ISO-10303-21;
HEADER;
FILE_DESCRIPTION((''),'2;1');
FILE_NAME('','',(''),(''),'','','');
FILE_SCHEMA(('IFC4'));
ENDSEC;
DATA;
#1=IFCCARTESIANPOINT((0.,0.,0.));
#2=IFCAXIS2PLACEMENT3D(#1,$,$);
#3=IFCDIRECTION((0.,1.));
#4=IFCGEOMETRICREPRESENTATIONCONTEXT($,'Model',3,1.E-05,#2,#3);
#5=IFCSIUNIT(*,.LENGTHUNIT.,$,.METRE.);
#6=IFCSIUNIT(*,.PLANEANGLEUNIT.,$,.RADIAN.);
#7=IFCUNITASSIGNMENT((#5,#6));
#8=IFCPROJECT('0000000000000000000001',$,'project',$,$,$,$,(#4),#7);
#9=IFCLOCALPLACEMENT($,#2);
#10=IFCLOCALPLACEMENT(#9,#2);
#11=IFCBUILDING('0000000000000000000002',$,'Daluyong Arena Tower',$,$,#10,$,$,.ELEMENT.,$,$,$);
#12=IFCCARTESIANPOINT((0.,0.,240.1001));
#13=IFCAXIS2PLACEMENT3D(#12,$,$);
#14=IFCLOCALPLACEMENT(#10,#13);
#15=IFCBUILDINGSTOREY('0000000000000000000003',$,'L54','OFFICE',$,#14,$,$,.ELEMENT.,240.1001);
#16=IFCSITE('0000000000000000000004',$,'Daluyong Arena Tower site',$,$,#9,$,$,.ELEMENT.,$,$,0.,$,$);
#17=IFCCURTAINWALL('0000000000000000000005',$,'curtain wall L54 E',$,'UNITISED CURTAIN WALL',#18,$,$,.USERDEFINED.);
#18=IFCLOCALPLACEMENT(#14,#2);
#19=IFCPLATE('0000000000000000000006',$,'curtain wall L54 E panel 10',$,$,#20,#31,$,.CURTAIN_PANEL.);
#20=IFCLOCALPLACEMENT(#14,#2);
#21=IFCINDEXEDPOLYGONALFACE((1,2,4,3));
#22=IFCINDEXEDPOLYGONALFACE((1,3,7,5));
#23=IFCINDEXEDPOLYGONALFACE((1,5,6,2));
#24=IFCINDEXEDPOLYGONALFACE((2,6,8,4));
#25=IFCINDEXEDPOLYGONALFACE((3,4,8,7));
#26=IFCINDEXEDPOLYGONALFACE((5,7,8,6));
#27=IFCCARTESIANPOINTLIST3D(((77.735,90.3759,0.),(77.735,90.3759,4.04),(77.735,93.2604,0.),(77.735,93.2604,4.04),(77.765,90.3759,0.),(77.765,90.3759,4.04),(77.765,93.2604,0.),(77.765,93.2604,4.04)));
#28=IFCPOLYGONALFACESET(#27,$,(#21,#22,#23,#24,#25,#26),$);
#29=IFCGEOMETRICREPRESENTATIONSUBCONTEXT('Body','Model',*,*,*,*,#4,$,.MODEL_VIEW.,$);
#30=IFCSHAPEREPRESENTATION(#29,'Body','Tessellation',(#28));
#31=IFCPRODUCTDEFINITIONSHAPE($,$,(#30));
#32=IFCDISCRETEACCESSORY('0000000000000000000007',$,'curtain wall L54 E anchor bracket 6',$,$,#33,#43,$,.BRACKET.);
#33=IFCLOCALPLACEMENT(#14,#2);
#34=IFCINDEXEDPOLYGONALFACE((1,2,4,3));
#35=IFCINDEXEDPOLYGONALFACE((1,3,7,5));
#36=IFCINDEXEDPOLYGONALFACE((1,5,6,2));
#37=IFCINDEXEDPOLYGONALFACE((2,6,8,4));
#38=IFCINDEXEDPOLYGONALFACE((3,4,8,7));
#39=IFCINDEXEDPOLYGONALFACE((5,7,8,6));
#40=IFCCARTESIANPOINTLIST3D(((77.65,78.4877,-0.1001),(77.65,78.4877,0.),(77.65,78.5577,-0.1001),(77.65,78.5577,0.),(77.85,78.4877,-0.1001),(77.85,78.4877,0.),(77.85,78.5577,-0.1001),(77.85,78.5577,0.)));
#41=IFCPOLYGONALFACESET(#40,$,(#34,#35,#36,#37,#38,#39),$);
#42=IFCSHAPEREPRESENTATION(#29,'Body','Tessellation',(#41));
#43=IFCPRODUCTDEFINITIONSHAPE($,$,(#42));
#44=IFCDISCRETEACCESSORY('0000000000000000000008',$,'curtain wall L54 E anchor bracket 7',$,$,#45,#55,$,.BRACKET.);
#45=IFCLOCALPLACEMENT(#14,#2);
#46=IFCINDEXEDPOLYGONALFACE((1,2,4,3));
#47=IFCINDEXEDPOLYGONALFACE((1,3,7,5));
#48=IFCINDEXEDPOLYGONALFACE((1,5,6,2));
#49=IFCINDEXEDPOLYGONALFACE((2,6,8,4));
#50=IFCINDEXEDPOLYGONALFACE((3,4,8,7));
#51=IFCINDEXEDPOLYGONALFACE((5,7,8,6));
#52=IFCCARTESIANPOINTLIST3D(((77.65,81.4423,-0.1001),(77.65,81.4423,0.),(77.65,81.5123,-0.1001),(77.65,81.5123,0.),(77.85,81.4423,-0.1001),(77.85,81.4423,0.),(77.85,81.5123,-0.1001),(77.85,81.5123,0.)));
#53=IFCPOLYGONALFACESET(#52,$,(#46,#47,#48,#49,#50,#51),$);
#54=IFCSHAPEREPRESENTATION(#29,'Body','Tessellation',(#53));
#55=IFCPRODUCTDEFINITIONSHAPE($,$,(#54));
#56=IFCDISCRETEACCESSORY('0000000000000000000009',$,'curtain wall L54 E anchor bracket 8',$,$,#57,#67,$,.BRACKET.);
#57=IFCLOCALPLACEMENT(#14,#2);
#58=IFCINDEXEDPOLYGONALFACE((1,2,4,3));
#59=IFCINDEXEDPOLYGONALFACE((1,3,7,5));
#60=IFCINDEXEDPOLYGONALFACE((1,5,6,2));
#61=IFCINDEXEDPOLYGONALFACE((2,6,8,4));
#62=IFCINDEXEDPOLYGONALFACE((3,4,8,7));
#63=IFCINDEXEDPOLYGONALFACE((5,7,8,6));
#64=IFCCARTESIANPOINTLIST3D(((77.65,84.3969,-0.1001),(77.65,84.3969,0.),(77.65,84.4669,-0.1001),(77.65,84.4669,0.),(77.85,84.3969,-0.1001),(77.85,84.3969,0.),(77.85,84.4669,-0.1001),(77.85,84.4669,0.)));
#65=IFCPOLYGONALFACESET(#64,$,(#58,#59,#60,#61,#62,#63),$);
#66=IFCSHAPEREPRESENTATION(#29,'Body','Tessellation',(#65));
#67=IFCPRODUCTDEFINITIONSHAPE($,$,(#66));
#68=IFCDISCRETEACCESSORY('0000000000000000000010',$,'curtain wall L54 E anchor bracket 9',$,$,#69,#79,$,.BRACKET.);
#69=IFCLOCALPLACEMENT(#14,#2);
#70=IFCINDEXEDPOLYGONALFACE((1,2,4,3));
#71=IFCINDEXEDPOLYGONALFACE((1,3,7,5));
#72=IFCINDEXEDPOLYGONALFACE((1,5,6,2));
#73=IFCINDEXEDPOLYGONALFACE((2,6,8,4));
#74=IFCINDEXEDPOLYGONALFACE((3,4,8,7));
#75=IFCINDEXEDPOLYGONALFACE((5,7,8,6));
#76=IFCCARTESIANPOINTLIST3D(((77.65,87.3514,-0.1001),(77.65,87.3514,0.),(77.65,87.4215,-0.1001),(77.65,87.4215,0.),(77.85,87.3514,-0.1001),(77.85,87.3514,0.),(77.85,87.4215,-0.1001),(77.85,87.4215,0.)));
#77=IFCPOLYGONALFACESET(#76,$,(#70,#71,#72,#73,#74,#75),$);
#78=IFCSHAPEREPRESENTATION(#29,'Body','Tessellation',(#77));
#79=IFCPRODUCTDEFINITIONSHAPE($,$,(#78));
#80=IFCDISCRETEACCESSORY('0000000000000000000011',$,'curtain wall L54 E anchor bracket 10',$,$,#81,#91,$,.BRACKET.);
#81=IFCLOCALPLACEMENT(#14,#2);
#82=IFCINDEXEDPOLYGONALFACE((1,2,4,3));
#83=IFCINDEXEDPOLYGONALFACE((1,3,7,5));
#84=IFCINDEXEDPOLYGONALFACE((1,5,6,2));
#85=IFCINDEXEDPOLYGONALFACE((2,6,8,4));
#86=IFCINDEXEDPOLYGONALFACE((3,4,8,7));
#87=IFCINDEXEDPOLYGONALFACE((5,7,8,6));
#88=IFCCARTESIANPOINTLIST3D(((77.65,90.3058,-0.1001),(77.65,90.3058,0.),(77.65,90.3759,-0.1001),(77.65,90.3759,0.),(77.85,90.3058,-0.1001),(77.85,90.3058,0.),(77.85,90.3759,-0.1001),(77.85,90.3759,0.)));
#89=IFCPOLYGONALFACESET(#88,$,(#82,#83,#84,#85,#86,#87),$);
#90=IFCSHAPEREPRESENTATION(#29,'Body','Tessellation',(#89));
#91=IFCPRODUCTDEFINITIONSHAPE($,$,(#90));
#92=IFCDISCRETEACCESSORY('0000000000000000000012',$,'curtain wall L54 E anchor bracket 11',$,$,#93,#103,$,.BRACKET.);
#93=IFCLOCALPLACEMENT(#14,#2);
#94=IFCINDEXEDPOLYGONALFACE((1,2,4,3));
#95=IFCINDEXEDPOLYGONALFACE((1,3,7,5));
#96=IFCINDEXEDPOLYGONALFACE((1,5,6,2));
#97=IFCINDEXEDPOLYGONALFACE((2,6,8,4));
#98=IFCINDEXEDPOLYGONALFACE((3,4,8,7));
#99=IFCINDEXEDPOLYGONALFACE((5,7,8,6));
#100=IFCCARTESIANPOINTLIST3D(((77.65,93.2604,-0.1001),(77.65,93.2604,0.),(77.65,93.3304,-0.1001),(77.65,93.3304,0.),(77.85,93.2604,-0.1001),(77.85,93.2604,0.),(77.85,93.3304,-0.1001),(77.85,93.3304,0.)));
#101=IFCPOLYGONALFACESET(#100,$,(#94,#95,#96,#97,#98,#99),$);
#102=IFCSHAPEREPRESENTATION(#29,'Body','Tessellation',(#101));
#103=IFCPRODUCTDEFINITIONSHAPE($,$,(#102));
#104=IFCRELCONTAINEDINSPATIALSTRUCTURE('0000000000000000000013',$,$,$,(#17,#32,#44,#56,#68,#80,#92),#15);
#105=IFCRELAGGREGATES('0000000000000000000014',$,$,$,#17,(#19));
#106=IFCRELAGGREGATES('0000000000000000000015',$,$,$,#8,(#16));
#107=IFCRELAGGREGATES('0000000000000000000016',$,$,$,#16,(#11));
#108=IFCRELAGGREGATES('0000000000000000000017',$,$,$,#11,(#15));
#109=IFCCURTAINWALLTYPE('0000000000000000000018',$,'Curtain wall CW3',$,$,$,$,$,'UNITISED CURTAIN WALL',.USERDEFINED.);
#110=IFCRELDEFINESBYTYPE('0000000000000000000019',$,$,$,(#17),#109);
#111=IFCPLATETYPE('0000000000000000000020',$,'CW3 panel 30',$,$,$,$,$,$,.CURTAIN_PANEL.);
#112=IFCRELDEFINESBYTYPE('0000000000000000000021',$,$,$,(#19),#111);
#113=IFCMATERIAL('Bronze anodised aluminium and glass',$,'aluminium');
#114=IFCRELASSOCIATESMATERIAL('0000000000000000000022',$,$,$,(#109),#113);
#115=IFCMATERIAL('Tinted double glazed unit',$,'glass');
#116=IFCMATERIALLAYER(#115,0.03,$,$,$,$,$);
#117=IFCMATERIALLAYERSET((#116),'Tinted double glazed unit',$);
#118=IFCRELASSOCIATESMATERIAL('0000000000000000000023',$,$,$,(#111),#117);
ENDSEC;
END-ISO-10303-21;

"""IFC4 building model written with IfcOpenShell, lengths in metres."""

from ifc_helpers import new_model, si_unit, direction, frame, origin, origin_2d, place, context, subcontext, project, spatial, rectangle, extrude, material, layer, layer_set, type_object, element, aggregate, save


model = new_model("IFC4")

# Units and contexts
model_context = context("Model", 3, precision=1e-05, world=origin(), true_north=direction((0.0, 1.0)))
body_context = subcontext(model_context, "Body", "Model", "MODEL_VIEW")
ifc_project = project(units=[si_unit("LENGTHUNIT", "METRE"), si_unit("PLANEANGLEUNIT", "RADIAN")], contexts=[model_context])

# Site, building, storey
site_placement = place(None, origin())
site = spatial("IfcSite", under=ifc_project, at=site_placement, Name="Daluyong Arena Tower site", CompositionType="ELEMENT", RefElevation=0.0)
building_placement = place(site_placement, origin())
building = spatial("IfcBuilding", under=site, at=building_placement, Name="Daluyong Arena Tower", CompositionType="ELEMENT")
storey_placement = place(building_placement, frame((0.0, 0.0, 240.1001)))
storey = spatial("IfcBuildingStorey", under=building, at=storey_placement, Name="L54", Description="OFFICE", CompositionType="ELEMENT", Elevation=240.1001)

# Curtain wall
ifc_material_1 = material(Name="Bronze anodised aluminium and glass", Category="aluminium")
curtain_wall_type = type_object("IfcCurtainWallType", Name="Curtain wall CW3", ElementType="UNITISED CURTAIN WALL", PredefinedType="USERDEFINED", material=ifc_material_1)
curtain_wall_placement = place(storey_placement, origin())
curtain_wall = element("IfcCurtainWall", 1, at=curtain_wall_placement, inside=storey, type_object=curtain_wall_type, Name="curtain wall L54 E", ObjectType="UNITISED CURTAIN WALL", PredefinedType="USERDEFINED")

# Plate
ifc_material_2 = material(Name="Tinted double glazed unit", Category="glass")
ifc_layer = layer(ifc_material_2, 0.03)
ifc_layer_set = layer_set([ifc_layer], Name="Tinted double glazed unit")
plate_type = type_object("IfcPlateType", Name="CW3 panel 30", PredefinedType="CURTAIN_PANEL", material=ifc_layer_set)
plate_1_placement = place(storey_placement, frame((77.75, 91.8181, 0.0), z_axis=(0.0, 0.0, 1.0), x_axis=(0.0, 1.0, 0.0)))
plate_1 = element("IfcPlate", 2, at=plate_1_placement, type_object=plate_type, Name="curtain wall L54 E panel 10", PredefinedType="CURTAIN_PANEL", context=body_context, shape_type="SweptSolid", body=[
    extrude(rectangle(XDim=2.8845, YDim=0.03, at=origin_2d()), origin(), (0.0, 0.0, 1.0), 4.04),
])
aggregate(curtain_wall, [plate_1])

# Discrete accessories
for number, where, z_axis, x_axis, name in (
    (3, (77.75, 78.5227, -0.1001), (0.0, 0.0, 1.0), (0.0, 1.0, 0.0), "curtain wall L54 E anchor bracket 6"),
    (4, (77.75, 81.4773, -0.1001), (0.0, 0.0, 1.0), (0.0, 1.0, 0.0), "curtain wall L54 E anchor bracket 7"),
    (5, (77.75, 84.4319, -0.1001), (0.0, 0.0, 1.0), (0.0, 1.0, 0.0), "curtain wall L54 E anchor bracket 8"),
    (6, (77.75, 87.3865, -0.1001), (0.0, 0.0, 1.0), (0.0, 1.0, 0.0), "curtain wall L54 E anchor bracket 9"),
    (7, (77.75, 90.3408, -0.1001), (0.0, 0.0, 1.0), (0.0, 1.0, 0.0), "curtain wall L54 E anchor bracket 10"),
    (8, (77.75, 93.2954, -0.1001), (0.0, 0.0, 1.0), (0.0, 1.0, 0.0), "curtain wall L54 E anchor bracket 11"),
):
    element("IfcDiscreteAccessory", number, at=place(storey_placement, frame(where, z_axis=z_axis, x_axis=x_axis)), inside=storey, Name=name, PredefinedType="BRACKET", context=body_context, shape_type="SweptSolid", body=[
        extrude(rectangle(XDim=0.0701, YDim=0.2, at=origin_2d()), origin(), (0.0, 0.0, 1.0), 0.1001),
    ])

save(model, "model.ifc")
